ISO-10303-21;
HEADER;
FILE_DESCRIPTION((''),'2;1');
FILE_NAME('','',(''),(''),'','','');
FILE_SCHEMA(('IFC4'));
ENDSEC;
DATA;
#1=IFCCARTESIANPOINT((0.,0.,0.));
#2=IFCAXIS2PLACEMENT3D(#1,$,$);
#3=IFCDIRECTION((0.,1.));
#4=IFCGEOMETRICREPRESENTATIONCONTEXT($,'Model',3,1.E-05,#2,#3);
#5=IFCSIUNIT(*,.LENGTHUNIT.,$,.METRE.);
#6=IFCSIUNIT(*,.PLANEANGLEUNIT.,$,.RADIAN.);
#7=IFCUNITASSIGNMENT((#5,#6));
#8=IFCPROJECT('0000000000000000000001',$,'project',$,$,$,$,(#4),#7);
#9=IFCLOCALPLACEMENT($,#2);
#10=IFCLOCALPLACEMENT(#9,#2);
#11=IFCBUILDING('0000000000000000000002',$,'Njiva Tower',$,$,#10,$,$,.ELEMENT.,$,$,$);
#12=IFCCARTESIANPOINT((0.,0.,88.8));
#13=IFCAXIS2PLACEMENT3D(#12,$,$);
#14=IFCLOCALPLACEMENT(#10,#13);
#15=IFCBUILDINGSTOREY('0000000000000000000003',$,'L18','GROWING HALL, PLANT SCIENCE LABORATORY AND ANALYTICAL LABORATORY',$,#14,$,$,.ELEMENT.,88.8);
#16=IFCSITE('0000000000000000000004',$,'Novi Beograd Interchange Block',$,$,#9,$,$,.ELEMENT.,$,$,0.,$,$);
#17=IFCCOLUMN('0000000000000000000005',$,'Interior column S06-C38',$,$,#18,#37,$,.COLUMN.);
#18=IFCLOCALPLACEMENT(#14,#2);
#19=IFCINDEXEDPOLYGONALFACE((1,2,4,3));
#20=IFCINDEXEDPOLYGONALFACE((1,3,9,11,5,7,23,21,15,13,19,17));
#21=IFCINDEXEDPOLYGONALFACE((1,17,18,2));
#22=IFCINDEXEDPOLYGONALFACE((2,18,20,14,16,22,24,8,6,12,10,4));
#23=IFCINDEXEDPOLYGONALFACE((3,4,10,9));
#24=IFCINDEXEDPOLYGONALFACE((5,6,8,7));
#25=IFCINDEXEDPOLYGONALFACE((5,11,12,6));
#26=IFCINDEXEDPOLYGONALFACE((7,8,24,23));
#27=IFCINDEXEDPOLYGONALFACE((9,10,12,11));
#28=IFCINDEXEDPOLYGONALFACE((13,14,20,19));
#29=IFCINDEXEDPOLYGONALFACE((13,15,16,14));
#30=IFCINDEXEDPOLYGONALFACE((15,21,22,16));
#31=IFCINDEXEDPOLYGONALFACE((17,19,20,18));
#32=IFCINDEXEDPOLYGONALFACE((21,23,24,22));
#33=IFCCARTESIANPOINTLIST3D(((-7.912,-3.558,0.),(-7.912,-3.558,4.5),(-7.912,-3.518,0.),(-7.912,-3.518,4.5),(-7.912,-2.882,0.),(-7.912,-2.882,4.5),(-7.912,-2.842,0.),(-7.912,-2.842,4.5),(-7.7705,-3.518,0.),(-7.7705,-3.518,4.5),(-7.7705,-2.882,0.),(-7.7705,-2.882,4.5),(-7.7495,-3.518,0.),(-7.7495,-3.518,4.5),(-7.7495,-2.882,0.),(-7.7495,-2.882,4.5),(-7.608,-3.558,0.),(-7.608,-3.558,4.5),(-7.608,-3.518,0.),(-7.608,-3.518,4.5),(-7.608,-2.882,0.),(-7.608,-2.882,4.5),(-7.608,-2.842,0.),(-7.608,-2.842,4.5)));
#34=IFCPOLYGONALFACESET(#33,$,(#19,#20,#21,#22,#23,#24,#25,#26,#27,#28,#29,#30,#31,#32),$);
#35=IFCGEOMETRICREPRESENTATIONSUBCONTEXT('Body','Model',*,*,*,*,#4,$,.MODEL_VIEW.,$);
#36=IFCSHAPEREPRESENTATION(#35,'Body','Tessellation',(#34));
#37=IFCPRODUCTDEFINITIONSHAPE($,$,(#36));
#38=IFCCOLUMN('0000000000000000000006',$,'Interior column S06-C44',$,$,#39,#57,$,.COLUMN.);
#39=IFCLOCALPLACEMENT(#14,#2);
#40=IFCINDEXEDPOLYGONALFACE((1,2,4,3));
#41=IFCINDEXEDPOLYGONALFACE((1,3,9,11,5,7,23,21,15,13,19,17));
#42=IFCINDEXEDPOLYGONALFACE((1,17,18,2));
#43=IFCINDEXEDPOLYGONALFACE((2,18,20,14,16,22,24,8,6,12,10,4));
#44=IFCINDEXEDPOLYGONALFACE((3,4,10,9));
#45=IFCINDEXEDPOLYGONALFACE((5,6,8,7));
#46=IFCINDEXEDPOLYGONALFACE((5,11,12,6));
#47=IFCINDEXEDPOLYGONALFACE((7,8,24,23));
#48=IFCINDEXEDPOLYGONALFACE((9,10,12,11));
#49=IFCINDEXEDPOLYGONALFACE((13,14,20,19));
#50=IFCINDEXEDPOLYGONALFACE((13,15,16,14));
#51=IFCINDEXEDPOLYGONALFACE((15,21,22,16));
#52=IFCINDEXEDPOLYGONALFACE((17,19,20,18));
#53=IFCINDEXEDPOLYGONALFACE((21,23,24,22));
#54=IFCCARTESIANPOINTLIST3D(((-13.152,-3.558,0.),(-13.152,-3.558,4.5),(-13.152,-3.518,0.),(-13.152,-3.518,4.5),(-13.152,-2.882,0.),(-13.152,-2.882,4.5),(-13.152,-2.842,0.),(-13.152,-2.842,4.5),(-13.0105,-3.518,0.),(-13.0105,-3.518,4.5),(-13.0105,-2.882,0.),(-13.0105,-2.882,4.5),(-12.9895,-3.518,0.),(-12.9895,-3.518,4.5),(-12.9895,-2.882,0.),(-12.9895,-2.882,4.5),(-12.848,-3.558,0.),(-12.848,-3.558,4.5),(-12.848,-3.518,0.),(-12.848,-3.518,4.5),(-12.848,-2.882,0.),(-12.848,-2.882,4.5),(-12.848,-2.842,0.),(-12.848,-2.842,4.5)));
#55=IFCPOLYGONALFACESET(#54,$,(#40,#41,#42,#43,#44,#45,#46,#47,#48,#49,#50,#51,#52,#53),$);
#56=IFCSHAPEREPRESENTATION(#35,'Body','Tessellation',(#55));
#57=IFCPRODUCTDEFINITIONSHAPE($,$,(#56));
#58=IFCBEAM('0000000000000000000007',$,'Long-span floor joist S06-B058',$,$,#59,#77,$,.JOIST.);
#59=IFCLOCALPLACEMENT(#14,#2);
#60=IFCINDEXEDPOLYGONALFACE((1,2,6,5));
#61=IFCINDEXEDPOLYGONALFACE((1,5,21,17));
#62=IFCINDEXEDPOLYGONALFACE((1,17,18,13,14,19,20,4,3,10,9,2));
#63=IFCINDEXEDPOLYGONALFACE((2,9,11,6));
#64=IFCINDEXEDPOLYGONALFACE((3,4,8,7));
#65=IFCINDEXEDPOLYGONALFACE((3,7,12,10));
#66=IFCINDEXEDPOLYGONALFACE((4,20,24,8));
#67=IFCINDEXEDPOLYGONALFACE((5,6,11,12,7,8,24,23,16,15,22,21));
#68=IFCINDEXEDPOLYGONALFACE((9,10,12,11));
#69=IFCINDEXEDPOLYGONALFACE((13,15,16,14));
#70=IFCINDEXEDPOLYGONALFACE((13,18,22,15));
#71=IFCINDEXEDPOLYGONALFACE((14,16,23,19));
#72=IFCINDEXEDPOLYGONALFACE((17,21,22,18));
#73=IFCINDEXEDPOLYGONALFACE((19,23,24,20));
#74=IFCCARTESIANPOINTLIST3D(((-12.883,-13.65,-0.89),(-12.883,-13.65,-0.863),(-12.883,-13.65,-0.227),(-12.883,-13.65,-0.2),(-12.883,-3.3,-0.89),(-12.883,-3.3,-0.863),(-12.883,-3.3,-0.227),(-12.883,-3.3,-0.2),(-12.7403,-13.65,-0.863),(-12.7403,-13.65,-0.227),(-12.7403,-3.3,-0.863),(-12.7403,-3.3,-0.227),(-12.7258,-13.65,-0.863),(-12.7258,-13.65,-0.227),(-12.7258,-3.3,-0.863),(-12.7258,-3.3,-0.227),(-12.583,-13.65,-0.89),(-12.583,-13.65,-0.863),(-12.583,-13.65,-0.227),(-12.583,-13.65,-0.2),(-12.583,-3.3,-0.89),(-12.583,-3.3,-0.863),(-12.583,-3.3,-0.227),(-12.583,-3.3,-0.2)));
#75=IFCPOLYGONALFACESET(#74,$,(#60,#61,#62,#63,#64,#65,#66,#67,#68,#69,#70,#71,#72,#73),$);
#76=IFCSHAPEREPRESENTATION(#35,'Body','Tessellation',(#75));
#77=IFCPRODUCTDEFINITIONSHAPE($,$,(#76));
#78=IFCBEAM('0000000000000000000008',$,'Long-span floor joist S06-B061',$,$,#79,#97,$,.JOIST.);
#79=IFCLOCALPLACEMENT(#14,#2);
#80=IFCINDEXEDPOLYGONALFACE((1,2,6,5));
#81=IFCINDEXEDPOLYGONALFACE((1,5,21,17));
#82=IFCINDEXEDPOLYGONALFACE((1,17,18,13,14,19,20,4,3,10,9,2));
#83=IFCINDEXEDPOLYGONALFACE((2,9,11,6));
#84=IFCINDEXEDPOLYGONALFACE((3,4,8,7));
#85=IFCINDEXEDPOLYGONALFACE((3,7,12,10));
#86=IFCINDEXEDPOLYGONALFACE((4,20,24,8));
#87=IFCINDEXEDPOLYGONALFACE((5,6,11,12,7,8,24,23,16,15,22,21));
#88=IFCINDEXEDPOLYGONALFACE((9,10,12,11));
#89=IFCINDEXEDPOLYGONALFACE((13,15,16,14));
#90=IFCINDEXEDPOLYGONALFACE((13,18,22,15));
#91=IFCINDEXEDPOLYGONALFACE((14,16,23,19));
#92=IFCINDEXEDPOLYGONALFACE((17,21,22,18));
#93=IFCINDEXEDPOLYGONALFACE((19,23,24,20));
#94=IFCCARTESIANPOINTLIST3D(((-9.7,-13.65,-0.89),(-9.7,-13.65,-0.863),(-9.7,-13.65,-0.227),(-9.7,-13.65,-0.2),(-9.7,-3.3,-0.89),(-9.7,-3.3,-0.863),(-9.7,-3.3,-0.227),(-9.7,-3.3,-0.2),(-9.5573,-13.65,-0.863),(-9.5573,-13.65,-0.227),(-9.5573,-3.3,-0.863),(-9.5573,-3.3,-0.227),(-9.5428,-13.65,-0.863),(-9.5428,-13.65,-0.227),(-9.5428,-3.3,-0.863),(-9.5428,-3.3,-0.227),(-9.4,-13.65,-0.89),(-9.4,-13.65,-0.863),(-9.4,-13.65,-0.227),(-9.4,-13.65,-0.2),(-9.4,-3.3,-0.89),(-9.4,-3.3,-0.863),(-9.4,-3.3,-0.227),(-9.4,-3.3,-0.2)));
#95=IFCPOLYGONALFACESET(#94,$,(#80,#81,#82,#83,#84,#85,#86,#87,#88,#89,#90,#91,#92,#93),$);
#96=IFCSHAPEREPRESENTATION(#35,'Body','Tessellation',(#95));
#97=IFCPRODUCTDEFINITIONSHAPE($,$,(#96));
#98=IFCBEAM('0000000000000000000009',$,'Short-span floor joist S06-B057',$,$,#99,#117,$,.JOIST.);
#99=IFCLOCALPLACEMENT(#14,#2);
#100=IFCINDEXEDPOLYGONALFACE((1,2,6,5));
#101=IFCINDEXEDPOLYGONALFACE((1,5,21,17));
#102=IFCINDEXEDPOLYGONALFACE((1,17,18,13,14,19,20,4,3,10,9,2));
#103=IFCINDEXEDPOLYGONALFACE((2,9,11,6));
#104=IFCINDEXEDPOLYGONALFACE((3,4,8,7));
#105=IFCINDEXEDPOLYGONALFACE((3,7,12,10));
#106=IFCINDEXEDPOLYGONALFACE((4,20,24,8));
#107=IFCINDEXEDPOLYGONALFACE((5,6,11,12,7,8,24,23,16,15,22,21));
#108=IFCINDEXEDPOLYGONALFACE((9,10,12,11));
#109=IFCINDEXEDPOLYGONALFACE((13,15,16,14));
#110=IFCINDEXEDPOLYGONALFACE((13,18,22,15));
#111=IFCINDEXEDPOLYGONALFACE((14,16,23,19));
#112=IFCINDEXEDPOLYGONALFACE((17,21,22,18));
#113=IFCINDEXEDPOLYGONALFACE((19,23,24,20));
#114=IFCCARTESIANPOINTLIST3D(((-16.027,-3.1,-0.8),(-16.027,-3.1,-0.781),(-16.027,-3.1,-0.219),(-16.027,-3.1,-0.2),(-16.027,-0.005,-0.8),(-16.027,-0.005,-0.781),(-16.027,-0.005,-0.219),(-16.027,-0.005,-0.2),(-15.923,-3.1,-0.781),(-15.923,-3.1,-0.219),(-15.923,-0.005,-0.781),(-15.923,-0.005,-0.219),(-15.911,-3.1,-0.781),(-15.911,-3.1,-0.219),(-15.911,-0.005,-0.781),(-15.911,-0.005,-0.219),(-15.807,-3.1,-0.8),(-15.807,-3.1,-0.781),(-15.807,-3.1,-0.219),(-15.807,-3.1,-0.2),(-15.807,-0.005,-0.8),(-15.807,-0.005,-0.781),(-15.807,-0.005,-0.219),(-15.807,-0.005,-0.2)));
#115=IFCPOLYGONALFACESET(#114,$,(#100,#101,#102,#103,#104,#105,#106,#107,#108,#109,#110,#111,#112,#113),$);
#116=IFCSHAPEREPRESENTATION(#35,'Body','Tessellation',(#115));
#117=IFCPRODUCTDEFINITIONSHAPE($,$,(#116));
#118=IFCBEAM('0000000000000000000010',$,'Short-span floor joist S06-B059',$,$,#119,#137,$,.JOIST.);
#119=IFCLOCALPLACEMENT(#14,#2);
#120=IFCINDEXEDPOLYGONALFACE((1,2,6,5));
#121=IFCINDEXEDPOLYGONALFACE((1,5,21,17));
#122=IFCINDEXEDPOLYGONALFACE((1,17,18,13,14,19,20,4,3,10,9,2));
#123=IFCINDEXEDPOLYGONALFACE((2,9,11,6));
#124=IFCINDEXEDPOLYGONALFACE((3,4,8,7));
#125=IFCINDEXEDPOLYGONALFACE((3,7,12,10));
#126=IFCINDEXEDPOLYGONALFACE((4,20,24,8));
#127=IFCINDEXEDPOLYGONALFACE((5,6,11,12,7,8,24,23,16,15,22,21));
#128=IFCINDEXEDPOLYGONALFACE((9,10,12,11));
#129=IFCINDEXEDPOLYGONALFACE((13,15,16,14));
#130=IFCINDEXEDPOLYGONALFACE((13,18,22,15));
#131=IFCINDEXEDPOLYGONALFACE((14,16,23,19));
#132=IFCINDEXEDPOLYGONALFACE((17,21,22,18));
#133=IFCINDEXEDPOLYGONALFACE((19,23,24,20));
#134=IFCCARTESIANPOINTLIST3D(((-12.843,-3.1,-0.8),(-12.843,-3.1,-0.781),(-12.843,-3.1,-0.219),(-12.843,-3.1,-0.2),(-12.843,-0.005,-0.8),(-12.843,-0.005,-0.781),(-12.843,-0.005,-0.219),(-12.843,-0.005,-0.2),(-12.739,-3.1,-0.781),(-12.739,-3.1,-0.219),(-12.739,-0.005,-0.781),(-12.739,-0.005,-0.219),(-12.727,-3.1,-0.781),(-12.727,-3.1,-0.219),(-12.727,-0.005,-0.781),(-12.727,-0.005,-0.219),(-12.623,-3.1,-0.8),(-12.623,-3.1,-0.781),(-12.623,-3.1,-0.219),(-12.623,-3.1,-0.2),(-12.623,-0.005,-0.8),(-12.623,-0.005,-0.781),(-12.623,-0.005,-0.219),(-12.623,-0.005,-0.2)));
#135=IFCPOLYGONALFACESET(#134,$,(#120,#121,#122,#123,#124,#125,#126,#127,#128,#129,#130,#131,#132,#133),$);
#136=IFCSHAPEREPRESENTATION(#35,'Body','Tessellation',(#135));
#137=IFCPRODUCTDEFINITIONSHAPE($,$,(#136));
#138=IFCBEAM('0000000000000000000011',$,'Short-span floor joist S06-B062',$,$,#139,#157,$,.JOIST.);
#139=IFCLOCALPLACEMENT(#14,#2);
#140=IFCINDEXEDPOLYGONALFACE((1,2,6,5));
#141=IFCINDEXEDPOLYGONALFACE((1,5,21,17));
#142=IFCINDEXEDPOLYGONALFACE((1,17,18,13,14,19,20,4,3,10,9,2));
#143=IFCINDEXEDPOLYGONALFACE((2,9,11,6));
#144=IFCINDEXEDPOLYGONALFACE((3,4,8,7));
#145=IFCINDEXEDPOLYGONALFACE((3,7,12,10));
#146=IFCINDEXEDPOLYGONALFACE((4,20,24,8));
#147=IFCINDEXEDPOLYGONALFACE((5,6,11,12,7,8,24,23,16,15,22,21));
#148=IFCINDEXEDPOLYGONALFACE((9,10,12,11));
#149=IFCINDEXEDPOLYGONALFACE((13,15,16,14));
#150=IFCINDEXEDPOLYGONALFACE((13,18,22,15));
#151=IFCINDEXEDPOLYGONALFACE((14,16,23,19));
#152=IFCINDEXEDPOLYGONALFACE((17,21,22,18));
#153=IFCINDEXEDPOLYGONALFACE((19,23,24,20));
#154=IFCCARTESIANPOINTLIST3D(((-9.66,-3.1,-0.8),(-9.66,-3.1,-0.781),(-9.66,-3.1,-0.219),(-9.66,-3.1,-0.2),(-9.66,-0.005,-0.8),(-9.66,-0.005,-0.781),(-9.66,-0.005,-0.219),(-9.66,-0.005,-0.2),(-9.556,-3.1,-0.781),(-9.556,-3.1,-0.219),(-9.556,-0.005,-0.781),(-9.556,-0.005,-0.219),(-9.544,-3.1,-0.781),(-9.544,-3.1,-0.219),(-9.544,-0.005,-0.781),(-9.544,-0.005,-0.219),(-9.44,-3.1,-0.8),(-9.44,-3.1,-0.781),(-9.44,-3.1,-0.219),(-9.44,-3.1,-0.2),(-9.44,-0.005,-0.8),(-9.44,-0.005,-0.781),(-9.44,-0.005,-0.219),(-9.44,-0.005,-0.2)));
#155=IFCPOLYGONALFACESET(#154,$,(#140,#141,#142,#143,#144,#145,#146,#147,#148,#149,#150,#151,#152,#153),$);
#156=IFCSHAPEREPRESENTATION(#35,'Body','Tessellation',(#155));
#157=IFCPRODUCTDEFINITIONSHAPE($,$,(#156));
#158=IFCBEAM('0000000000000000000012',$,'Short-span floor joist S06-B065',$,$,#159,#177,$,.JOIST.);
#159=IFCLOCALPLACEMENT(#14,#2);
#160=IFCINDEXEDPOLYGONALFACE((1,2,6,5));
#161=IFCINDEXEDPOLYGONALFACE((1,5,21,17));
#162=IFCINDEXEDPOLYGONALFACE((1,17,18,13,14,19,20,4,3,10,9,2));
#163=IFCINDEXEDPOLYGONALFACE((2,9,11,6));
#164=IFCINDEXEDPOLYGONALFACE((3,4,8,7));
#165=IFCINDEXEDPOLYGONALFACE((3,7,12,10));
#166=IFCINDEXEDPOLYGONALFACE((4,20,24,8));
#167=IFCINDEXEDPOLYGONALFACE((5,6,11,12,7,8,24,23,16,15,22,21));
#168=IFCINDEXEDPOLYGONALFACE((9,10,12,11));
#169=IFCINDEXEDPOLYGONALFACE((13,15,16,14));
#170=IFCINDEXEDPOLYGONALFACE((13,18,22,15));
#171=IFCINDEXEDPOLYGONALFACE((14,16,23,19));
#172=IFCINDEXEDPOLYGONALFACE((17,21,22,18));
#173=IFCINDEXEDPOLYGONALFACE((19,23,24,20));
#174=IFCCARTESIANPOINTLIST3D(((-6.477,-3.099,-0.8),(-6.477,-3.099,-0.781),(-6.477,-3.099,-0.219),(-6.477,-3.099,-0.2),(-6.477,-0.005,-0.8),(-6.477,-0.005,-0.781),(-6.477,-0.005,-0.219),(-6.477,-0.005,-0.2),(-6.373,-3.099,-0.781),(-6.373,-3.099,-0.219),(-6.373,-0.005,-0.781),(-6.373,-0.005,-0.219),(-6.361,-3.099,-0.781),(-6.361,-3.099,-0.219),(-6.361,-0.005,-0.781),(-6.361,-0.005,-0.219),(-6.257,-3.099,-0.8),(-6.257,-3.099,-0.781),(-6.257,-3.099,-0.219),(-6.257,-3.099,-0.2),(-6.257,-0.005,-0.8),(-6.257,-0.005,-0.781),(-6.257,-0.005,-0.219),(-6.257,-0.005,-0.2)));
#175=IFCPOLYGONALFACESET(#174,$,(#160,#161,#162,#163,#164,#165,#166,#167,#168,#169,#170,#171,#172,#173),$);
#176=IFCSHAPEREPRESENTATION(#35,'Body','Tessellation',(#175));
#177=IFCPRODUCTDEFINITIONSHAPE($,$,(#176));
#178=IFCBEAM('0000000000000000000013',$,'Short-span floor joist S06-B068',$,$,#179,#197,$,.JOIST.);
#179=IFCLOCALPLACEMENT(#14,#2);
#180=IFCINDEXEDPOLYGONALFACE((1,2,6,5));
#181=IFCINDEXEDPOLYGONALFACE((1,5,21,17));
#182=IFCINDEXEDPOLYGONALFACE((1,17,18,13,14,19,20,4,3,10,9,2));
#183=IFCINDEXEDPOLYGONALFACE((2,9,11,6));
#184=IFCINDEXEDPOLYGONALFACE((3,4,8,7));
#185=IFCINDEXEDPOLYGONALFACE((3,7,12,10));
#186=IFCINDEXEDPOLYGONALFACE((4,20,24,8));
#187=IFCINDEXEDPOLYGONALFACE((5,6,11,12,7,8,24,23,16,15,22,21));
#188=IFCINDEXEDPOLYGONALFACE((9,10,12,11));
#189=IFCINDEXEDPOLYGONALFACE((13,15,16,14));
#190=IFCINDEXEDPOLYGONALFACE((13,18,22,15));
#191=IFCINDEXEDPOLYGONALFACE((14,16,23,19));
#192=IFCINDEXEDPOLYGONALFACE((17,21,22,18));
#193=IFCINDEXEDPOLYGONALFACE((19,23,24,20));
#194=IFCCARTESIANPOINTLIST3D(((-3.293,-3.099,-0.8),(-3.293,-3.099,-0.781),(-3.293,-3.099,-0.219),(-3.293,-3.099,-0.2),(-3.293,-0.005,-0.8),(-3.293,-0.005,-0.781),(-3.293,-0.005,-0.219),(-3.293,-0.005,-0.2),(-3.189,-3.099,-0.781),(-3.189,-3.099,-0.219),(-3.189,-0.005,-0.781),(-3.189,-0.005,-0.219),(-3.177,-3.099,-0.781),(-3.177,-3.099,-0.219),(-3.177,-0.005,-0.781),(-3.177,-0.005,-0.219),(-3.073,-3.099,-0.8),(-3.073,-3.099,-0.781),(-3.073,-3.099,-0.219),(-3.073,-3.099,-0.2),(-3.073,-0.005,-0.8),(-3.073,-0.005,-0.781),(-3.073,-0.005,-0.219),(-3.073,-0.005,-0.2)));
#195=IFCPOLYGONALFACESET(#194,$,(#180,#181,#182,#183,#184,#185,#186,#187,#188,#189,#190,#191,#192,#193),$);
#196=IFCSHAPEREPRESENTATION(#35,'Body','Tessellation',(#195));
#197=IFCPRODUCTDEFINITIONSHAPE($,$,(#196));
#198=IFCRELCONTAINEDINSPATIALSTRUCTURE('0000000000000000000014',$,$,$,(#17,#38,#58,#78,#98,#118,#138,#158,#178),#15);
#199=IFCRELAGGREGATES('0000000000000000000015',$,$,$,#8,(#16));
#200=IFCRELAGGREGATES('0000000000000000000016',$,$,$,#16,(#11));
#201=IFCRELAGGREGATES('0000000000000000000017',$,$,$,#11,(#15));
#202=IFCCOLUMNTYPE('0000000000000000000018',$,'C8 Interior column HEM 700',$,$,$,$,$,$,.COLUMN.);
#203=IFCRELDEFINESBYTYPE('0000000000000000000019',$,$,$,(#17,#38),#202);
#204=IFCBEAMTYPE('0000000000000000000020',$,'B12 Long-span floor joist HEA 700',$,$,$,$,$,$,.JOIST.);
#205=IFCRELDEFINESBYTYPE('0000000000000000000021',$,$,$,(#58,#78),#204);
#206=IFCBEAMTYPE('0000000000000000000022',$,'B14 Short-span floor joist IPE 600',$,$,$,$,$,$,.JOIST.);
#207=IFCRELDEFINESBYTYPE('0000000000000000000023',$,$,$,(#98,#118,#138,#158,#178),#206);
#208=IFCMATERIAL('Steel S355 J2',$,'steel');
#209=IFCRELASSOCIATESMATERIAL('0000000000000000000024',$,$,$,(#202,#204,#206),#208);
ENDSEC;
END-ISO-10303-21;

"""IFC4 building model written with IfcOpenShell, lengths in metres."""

from ifc_helpers import new_model, si_unit, direction, frame, origin, origin_2d, place, context, subcontext, project, spatial, i_section, extrude, material, material_profile, profile_set, type_object, element, save


model = new_model("IFC4")

# Units and contexts
model_context = context("Model", 3, precision=1e-05, world=origin(), true_north=direction((0.0, 1.0)))
body_context = subcontext(model_context, "Body", "Model", "MODEL_VIEW")
ifc_project = project(units=[si_unit("LENGTHUNIT", "METRE"), si_unit("PLANEANGLEUNIT", "RADIAN")], contexts=[model_context])

# Site, building, storey
site_placement = place(None, origin())
site = spatial("IfcSite", under=ifc_project, at=site_placement, Name="Novi Beograd Interchange Block", CompositionType="ELEMENT", RefElevation=0.0)
building_placement = place(site_placement, origin())
building = spatial("IfcBuilding", under=site, at=building_placement, Name="Njiva Tower", CompositionType="ELEMENT")
storey_placement = place(building_placement, frame((0.0, 0.0, 88.8)))
storey = spatial("IfcBuildingStorey", under=building, at=storey_placement, Name="L18", Description="GROWING HALL, PLANT SCIENCE LABORATORY AND ANALYTICAL LABORATORY", CompositionType="ELEMENT", Elevation=88.8)

# Columns
ifc_material_1 = material(Name="Steel S355 J2", Category="steel")
ifc_material_profile_1 = material_profile(ifc_material_1, i_section(OverallWidth=0.304, OverallDepth=0.716, WebThickness=0.021, FlangeThickness=0.04, at=origin_2d()), Name="HEM 700")
ifc_profile_set_1 = profile_set([ifc_material_profile_1], Name="Steel S355 J2")
column_type = type_object("IfcColumnType", Name="C8 Interior column HEM 700", PredefinedType="COLUMN", material=ifc_profile_set_1)
for number, where, z_axis, x_axis, name in (
    (1, (-7.76, -3.2, 0.0), (0.0, 0.0, 1.0), (1.0, 0.0, 0.0), "Interior column S06-C38"),
    (2, (-13.0, -3.2, 0.0), (0.0, 0.0, 1.0), (1.0, 0.0, 0.0), "Interior column S06-C44"),
):
    element("IfcColumn", number, at=place(storey_placement, frame(where, z_axis=z_axis, x_axis=x_axis)), inside=storey, type_object=column_type, Name=name, PredefinedType="COLUMN", context=body_context, shape_type="SweptSolid", body=[
        extrude(i_section(OverallWidth=0.304, OverallDepth=0.716, WebThickness=0.021, FlangeThickness=0.04, at=origin_2d()), origin(), (0.0, 0.0, 1.0), 4.5),
    ])

# Beams
ifc_material_profile_2 = material_profile(ifc_material_1, i_section(OverallWidth=0.3, OverallDepth=0.69, WebThickness=0.0145, FlangeThickness=0.027, at=origin_2d()), Name="HEA 700")
ifc_profile_set_2 = profile_set([ifc_material_profile_2], Name="Steel S355 J2")
beam_type_1 = type_object("IfcBeamType", Name="B12 Long-span floor joist HEA 700", PredefinedType="JOIST", material=ifc_profile_set_2)
for number, where, z_axis, x_axis, name in (
    (3, (-12.733, -3.3, -0.545), (0.0, -1.0, 0.0), (1.0, 0.0, 0.0), "Long-span floor joist S06-B058"),
    (4, (-9.55, -3.3, -0.545), (0.0, -1.0, 0.0), (1.0, 0.0, 0.0), "Long-span floor joist S06-B061"),
):
    element("IfcBeam", number, at=place(storey_placement, frame(where, z_axis=z_axis, x_axis=x_axis)), inside=storey, type_object=beam_type_1, Name=name, PredefinedType="JOIST", context=body_context, shape_type="SweptSolid", body=[
        extrude(i_section(OverallWidth=0.3, OverallDepth=0.69, WebThickness=0.0145, FlangeThickness=0.027, at=origin_2d()), origin(), (0.0, 0.0, 1.0), 10.35),
    ])
ifc_material_profile_3 = material_profile(ifc_material_1, i_section(OverallWidth=0.22, OverallDepth=0.6, WebThickness=0.012, FlangeThickness=0.019, at=origin_2d()), Name="IPE 600")
ifc_profile_set_3 = profile_set([ifc_material_profile_3], Name="Steel S355 J2")
beam_type_2 = type_object("IfcBeamType", Name="B14 Short-span floor joist IPE 600", PredefinedType="JOIST", material=ifc_profile_set_3)
for number, where, z_axis, x_axis, name in (
    (5, (-15.917, -0.005, -0.5), (0.0, -1.0, 0.0), (1.0, 0.0, 0.0), "Short-span floor joist S06-B057"),
    (6, (-12.733, -0.005, -0.5), (0.0, -1.0, 0.0), (1.0, 0.0, 0.0), "Short-span floor joist S06-B059"),
    (7, (-9.55, -0.005, -0.5), (0.0, -1.0, 0.0), (1.0, 0.0, 0.0), "Short-span floor joist S06-B062"),
):
    element("IfcBeam", number, at=place(storey_placement, frame(where, z_axis=z_axis, x_axis=x_axis)), inside=storey, type_object=beam_type_2, Name=name, PredefinedType="JOIST", context=body_context, shape_type="SweptSolid", body=[
        extrude(i_section(OverallWidth=0.22, OverallDepth=0.6, WebThickness=0.012, FlangeThickness=0.019, at=origin_2d()), origin(), (0.0, 0.0, 1.0), 3.095),
    ])
for number, where, z_axis, x_axis, name in (
    (8, (-6.367, -0.005, -0.5), (0.0, -1.0, 0.0), (1.0, 0.0, 0.0), "Short-span floor joist S06-B065"),
    (9, (-3.183, -0.005, -0.5), (0.0, -1.0, 0.0), (1.0, 0.0, 0.0), "Short-span floor joist S06-B068"),
):
    element("IfcBeam", number, at=place(storey_placement, frame(where, z_axis=z_axis, x_axis=x_axis)), inside=storey, type_object=beam_type_2, Name=name, PredefinedType="JOIST", context=body_context, shape_type="SweptSolid", body=[
        extrude(i_section(OverallWidth=0.22, OverallDepth=0.6, WebThickness=0.012, FlangeThickness=0.019, at=origin_2d()), origin(), (0.0, 0.0, 1.0), 3.094),
    ])

save(model, "model.ifc")
